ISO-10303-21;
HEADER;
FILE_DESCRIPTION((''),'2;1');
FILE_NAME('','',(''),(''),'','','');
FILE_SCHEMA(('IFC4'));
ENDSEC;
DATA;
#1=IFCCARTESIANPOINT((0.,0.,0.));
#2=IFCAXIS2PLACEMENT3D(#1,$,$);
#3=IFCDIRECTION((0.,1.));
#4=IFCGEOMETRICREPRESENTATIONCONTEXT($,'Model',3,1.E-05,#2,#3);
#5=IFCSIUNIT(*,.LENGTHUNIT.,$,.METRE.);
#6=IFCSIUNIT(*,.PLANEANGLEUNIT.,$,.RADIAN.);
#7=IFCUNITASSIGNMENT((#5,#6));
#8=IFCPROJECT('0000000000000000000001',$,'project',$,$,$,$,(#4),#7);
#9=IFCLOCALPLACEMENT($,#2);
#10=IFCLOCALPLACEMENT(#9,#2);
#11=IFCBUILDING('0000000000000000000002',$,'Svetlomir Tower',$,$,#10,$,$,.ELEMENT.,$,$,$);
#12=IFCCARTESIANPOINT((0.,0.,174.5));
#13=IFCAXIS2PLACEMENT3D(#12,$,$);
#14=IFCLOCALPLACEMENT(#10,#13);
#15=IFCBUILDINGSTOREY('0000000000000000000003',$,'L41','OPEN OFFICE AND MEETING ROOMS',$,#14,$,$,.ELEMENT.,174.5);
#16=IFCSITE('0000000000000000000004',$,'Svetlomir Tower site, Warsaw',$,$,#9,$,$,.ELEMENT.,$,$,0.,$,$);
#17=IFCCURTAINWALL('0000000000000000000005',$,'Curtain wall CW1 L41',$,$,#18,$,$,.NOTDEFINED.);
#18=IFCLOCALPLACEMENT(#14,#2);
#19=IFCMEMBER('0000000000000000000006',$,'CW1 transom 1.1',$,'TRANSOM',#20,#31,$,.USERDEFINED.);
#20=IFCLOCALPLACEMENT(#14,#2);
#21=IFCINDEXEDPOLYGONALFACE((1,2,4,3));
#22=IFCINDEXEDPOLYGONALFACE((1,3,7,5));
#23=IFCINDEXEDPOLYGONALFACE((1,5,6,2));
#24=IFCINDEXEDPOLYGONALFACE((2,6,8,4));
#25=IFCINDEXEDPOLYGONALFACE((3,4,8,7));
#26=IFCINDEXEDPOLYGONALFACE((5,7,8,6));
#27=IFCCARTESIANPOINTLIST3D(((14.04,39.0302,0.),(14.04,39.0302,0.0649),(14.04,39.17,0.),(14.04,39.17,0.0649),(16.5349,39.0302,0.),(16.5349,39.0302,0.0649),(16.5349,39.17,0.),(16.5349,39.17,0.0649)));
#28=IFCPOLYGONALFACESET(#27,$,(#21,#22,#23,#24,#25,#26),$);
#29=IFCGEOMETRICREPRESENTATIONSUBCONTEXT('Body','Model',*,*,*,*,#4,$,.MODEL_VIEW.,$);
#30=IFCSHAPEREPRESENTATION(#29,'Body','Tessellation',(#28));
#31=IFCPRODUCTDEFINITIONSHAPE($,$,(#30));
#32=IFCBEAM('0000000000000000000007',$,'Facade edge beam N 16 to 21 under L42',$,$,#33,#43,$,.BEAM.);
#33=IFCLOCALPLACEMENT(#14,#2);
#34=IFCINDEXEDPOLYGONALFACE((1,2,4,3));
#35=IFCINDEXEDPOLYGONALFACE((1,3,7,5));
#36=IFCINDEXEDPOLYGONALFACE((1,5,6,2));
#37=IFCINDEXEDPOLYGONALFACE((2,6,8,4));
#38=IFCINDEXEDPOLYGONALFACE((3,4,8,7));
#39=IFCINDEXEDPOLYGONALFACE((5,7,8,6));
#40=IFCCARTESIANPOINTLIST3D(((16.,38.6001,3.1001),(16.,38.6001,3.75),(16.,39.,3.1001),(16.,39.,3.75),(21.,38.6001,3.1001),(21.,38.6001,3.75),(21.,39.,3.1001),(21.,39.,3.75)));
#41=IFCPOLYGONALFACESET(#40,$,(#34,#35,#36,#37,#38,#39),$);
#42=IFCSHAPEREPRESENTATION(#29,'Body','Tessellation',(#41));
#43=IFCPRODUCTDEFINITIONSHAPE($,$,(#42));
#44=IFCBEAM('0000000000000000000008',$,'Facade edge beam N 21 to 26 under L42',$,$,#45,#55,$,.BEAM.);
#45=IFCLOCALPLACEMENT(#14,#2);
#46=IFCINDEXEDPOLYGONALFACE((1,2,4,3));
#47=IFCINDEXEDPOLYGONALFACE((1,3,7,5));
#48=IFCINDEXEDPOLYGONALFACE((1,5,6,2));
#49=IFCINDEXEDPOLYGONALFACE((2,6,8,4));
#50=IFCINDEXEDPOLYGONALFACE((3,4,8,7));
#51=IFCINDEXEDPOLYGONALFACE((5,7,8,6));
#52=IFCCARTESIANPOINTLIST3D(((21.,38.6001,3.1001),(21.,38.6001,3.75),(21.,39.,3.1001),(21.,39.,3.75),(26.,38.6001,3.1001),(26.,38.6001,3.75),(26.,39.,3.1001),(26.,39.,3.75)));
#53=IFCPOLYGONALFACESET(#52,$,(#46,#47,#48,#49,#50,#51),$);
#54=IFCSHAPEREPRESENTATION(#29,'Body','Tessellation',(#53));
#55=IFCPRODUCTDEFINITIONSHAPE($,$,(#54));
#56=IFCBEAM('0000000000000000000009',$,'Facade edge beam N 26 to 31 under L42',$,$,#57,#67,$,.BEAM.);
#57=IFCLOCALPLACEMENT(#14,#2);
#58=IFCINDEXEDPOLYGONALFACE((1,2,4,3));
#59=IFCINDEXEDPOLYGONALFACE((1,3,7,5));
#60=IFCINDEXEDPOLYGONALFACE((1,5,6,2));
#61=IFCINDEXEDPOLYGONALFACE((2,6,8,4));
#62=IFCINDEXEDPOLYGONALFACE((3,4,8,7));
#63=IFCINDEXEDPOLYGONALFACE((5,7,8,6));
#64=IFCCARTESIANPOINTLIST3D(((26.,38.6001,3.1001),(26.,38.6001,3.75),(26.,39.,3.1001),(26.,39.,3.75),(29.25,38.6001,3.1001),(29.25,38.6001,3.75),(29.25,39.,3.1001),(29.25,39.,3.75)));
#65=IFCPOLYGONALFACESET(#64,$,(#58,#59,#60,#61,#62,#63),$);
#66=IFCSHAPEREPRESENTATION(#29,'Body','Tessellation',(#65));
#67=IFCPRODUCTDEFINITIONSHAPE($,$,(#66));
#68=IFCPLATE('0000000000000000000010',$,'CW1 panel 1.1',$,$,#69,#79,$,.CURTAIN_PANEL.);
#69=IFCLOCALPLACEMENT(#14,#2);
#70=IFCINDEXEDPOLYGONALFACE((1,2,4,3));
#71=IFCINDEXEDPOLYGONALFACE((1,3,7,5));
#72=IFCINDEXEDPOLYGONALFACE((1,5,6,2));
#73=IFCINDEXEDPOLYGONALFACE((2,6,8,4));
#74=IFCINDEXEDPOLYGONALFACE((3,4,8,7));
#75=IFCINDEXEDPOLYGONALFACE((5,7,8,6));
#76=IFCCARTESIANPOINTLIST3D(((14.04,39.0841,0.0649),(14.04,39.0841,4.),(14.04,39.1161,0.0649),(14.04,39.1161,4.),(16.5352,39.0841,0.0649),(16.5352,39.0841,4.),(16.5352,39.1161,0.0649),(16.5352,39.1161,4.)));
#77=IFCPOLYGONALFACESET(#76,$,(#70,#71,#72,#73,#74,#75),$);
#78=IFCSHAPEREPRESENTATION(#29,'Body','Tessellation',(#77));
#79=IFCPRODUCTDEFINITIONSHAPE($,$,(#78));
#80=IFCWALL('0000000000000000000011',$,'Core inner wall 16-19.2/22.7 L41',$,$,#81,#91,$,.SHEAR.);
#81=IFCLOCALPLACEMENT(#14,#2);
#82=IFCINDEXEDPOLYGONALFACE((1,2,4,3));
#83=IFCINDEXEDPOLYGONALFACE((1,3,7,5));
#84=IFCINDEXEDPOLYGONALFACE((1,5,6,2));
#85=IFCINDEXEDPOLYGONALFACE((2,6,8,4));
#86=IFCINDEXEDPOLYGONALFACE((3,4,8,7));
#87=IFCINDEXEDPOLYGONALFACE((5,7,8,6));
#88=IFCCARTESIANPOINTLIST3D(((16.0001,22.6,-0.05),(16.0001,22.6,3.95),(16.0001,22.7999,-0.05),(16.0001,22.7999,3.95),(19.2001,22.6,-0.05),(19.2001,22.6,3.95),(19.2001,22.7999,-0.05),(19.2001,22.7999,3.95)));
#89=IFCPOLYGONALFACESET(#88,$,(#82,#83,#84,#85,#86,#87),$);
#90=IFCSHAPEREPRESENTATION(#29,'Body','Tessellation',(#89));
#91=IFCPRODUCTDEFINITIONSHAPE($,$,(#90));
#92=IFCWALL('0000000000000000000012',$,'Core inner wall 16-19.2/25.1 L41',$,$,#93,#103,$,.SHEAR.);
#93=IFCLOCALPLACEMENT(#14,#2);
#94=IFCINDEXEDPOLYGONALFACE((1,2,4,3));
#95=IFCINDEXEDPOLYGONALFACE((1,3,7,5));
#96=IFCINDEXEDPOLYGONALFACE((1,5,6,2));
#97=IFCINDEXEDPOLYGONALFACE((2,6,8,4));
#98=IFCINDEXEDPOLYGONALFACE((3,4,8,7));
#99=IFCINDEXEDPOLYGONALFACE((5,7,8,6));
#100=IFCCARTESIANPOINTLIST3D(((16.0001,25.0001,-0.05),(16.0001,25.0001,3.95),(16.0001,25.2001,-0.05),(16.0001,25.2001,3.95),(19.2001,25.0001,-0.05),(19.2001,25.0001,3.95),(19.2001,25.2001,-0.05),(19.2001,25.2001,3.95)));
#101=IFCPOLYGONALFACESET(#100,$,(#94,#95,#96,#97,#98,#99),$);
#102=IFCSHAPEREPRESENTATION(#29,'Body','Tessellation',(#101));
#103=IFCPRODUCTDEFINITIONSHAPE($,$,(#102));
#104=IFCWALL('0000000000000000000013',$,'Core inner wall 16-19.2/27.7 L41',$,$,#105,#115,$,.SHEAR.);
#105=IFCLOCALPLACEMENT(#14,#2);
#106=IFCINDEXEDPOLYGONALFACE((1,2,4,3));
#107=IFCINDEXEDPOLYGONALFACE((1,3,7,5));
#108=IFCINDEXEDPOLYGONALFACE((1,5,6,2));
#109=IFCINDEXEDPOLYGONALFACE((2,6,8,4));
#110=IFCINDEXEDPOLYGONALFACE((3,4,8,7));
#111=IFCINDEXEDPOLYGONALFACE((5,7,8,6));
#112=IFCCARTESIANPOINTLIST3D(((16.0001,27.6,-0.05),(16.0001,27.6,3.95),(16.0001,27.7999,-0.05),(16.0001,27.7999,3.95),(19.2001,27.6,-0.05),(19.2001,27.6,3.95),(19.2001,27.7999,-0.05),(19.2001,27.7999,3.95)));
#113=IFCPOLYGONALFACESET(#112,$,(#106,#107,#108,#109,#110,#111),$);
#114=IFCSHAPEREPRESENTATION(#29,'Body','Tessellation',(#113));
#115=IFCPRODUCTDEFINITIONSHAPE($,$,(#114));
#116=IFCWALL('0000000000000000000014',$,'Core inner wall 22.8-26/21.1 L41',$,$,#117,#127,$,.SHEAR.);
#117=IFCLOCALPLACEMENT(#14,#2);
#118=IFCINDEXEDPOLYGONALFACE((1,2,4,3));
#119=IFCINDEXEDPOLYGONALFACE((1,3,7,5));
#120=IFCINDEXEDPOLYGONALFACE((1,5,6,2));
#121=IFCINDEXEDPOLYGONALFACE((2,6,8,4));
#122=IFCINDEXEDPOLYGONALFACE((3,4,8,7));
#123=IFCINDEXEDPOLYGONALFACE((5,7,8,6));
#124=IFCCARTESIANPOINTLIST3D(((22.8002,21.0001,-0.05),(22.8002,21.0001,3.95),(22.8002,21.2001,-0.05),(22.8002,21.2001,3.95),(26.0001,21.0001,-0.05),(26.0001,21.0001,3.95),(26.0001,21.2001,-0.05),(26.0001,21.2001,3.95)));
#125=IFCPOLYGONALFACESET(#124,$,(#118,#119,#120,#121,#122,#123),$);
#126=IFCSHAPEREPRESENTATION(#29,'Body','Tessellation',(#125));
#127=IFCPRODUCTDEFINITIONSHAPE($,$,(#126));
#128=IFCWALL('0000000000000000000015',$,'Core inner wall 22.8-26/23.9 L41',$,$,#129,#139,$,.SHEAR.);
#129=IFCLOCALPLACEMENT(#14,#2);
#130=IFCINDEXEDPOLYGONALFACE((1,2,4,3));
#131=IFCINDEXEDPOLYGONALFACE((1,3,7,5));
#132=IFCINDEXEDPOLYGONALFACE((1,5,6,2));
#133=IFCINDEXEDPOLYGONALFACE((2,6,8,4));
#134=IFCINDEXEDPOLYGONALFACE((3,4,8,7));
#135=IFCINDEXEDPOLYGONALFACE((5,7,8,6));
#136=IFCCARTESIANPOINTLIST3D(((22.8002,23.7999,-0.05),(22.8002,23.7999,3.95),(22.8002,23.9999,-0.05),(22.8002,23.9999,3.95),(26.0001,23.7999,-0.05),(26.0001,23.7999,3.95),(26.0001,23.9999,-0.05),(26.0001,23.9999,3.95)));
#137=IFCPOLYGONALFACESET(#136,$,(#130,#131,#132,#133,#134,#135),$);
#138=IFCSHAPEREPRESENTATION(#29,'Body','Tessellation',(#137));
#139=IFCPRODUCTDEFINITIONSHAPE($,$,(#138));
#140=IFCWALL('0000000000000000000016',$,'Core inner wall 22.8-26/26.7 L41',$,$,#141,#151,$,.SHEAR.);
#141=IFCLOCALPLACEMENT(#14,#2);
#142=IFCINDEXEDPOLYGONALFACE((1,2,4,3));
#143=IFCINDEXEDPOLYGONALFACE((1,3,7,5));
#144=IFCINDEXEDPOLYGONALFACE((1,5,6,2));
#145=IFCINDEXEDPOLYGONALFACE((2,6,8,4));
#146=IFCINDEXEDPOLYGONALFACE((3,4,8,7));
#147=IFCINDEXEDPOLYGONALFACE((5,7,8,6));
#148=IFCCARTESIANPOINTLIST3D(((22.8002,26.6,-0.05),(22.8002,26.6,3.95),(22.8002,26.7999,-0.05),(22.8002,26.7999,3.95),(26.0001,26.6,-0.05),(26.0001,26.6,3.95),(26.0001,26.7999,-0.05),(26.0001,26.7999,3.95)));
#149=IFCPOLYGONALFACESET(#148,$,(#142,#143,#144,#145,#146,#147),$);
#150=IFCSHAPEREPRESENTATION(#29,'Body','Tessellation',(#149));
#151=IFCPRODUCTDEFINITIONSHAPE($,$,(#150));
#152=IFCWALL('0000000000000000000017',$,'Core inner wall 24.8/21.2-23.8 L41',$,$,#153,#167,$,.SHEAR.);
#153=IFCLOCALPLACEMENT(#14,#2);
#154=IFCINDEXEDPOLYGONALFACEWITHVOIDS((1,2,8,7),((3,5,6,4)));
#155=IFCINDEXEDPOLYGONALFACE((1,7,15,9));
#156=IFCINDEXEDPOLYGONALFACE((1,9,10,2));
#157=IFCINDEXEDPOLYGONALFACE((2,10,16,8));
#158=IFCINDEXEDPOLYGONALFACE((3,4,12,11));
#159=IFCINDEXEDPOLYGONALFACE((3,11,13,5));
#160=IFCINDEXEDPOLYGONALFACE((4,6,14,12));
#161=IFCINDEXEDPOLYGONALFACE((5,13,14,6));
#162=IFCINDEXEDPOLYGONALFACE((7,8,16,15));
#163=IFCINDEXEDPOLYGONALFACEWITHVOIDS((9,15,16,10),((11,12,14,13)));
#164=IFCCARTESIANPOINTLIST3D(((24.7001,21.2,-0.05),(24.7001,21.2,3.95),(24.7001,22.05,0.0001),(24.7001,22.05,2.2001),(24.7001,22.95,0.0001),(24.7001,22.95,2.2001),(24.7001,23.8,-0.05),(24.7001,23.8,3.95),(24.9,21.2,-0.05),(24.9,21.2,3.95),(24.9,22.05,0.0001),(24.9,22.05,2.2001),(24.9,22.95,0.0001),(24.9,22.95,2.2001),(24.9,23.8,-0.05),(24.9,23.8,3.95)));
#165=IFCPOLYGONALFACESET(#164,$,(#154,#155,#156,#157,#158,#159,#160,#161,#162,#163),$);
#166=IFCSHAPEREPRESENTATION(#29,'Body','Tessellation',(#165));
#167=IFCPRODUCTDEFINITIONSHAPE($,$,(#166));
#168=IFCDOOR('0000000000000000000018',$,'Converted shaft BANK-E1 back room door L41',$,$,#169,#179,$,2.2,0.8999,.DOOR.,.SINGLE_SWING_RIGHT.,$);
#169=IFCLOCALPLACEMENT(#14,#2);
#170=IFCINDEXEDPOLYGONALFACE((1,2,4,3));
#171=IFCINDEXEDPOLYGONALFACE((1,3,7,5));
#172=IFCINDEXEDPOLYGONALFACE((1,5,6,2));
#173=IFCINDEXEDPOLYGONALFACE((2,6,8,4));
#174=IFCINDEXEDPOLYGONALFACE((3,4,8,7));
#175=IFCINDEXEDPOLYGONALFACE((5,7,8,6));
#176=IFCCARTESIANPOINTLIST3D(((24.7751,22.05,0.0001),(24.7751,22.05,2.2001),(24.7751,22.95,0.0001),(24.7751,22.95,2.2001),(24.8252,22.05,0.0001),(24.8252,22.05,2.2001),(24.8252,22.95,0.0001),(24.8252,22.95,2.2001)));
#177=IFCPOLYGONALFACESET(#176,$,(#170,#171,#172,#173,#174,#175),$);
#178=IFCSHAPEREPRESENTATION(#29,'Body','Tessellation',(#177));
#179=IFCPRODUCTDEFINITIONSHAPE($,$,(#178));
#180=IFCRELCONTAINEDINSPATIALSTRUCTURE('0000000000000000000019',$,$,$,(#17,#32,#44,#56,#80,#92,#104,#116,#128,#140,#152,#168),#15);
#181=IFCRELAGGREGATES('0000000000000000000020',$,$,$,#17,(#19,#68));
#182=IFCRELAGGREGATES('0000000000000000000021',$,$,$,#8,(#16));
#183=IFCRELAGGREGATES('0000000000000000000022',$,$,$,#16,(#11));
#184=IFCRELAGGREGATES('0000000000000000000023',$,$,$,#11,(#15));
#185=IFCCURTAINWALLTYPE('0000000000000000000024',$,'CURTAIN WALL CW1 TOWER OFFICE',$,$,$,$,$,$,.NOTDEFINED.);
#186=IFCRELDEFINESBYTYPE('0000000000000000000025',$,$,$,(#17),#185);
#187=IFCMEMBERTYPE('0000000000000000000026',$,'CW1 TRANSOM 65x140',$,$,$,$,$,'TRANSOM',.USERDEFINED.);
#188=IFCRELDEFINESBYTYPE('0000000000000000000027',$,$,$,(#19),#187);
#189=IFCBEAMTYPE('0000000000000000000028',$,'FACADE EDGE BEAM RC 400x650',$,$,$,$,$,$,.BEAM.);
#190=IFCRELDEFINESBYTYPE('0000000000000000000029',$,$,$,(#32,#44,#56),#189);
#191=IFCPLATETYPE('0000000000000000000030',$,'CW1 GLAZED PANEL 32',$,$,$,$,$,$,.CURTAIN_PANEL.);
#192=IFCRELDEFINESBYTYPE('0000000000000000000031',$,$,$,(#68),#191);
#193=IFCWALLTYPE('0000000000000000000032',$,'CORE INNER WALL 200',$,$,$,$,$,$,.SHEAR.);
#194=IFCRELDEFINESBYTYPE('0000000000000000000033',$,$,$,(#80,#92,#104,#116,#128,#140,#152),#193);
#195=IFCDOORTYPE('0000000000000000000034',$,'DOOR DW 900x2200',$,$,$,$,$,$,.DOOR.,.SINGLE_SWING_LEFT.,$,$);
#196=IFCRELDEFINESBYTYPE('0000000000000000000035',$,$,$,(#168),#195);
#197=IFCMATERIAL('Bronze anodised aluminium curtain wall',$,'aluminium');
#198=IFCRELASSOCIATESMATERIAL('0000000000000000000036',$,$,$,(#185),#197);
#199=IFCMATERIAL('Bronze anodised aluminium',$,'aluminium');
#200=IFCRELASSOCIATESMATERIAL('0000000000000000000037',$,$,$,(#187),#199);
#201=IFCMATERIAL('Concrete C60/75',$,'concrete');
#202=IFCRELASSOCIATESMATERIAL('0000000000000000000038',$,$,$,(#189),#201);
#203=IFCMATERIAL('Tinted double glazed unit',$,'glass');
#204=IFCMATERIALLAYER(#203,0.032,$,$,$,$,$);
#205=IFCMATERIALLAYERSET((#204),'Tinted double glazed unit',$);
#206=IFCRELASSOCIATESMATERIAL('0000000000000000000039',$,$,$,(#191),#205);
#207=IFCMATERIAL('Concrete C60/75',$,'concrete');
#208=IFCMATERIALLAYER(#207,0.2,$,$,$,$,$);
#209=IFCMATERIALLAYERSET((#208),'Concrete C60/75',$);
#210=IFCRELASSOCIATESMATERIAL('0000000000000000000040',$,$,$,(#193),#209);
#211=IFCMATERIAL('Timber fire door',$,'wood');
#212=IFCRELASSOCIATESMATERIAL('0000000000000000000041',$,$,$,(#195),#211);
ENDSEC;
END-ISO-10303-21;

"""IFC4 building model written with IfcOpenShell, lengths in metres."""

from ifc_helpers import new_model, si_unit, direction, frame, frame_2d, origin, origin_2d, place, context, subcontext, project, spatial, rectangle, extrude, material, layer, layer_set, material_profile, profile_set, type_object, element, fill, aggregate, save


model = new_model("IFC4")

# Units and contexts
model_context = context("Model", 3, precision=1e-05, world=origin(), true_north=direction((0.0, 1.0)))
body_context = subcontext(model_context, "Body", "Model", "MODEL_VIEW")
ifc_project = project(units=[si_unit("LENGTHUNIT", "METRE"), si_unit("PLANEANGLEUNIT", "RADIAN")], contexts=[model_context])

# Site, building, storey
site_placement = place(None, origin())
site = spatial("IfcSite", under=ifc_project, at=site_placement, Name="Svetlomir Tower site, Warsaw", CompositionType="ELEMENT", RefElevation=0.0)
building_placement = place(site_placement, origin())
building = spatial("IfcBuilding", under=site, at=building_placement, Name="Svetlomir Tower", CompositionType="ELEMENT")
storey_placement = place(building_placement, frame((0.0, 0.0, 174.5)))
storey = spatial("IfcBuildingStorey", under=building, at=storey_placement, Name="L41", Description="OPEN OFFICE AND MEETING ROOMS", CompositionType="ELEMENT", Elevation=174.5)

# Curtain wall, member
ifc_material_1 = material(Name="Bronze anodised aluminium curtain wall", Category="aluminium")
curtain_wall_type = type_object("IfcCurtainWallType", Name="CURTAIN WALL CW1 TOWER OFFICE", PredefinedType="NOTDEFINED", material=ifc_material_1)
curtain_wall_placement = place(storey_placement, origin())
curtain_wall = element("IfcCurtainWall", 1, at=curtain_wall_placement, inside=storey, type_object=curtain_wall_type, Name="Curtain wall CW1 L41", PredefinedType="NOTDEFINED")
ifc_material_2 = material(Name="Bronze anodised aluminium", Category="aluminium")
ifc_material_profile_1 = material_profile(ifc_material_2, rectangle(XDim=0.1399, YDim=0.0649, at=origin_2d()), Name="AL 140x65")
ifc_profile_set_1 = profile_set([ifc_material_profile_1], Name="Bronze anodised aluminium 6063-T6")
member_type = type_object("IfcMemberType", Name="CW1 TRANSOM 65x140", ElementType="TRANSOM", PredefinedType="USERDEFINED", material=ifc_profile_set_1)
member_placement = place(storey_placement, frame((16.5349, 39.1001, 0.0325), z_axis=(-1.0, 0.0, 0.0), x_axis=(0.0, -1.0, 0.0)))
member = element("IfcMember", 2, at=member_placement, type_object=member_type, Name="CW1 transom 1.1", ObjectType="TRANSOM", PredefinedType="USERDEFINED", context=body_context, shape_type="SweptSolid", body=[
    extrude(rectangle(XDim=0.1399, YDim=0.0649, at=origin_2d()), origin(), (0.0, 0.0, 1.0), 2.4949),
])

# Beams
ifc_material_3 = material(Name="Concrete C60/75", Category="concrete")
ifc_material_profile_2 = material_profile(ifc_material_3, rectangle(XDim=0.3999, YDim=0.6499, at=origin_2d()), Name="RC 400x650")
ifc_profile_set_2 = profile_set([ifc_material_profile_2], Name="Concrete C60/75")
beam_type = type_object("IfcBeamType", Name="FACADE EDGE BEAM RC 400x650", PredefinedType="BEAM", material=ifc_profile_set_2)
for number, where, z_axis, x_axis, name in (
    (3, (16.0, 38.8, 3.425), (1.0, 0.0, 0.0), (0.0, 1.0, 0.0), "Facade edge beam N 16 to 21 under L42"),
    (4, (21.0, 38.8, 3.425), (1.0, 0.0, 0.0), (0.0, 1.0, 0.0), "Facade edge beam N 21 to 26 under L42"),
):
    element("IfcBeam", number, at=place(storey_placement, frame(where, z_axis=z_axis, x_axis=x_axis)), inside=storey, type_object=beam_type, Name=name, PredefinedType="BEAM", context=body_context, shape_type="SweptSolid", body=[
        extrude(rectangle(XDim=0.3999, YDim=0.6499, at=origin_2d()), origin(), (0.0, 0.0, 1.0), 5.0),
    ])
beam_placement = place(storey_placement, frame((26.0, 38.8, 3.425), z_axis=(1.0, 0.0, 0.0), x_axis=(0.0, 1.0, 0.0)))
element("IfcBeam", 5, at=beam_placement, inside=storey, type_object=beam_type, Name="Facade edge beam N 26 to 31 under L42", PredefinedType="BEAM", context=body_context, shape_type="SweptSolid", body=[
    extrude(rectangle(XDim=0.3999, YDim=0.6499, at=origin_2d()), origin(), (0.0, 0.0, 1.0), 3.25),
])

# Plate
ifc_material_4 = material(Name="Tinted double glazed unit", Category="glass")
ifc_layer_1 = layer(ifc_material_4, 0.032)
ifc_layer_set_1 = layer_set([ifc_layer_1], Name="Tinted double glazed unit")
plate_type = type_object("IfcPlateType", Name="CW1 GLAZED PANEL 32", PredefinedType="CURTAIN_PANEL", material=ifc_layer_set_1)
plate_placement = place(storey_placement, frame((15.2876, 39.1001, 0.0649), z_axis=(0.0, 0.0, 1.0), x_axis=(-1.0, 0.0, 0.0)))
plate = element("IfcPlate", 6, at=plate_placement, type_object=plate_type, Name="CW1 panel 1.1", PredefinedType="CURTAIN_PANEL", context=body_context, shape_type="SweptSolid", body=[
    extrude(rectangle(XDim=2.4951, YDim=0.032, at=origin_2d()), origin(), (0.0, 0.0, 1.0), 3.9351),
])
aggregate(curtain_wall, [member, plate])

# Walls
ifc_material_5 = material(Name="Concrete C60/75", Category="concrete")
ifc_layer_2 = layer(ifc_material_5, 0.2)
ifc_layer_set_2 = layer_set([ifc_layer_2], Name="Concrete C60/75")
wall_type_1 = type_object("IfcWallType", Name="CORE INNER WALL 200", PredefinedType="SHEAR", material=ifc_layer_set_2)
for number, where, z_axis, x_axis, name in (
    (7, (16.0, 22.7, -0.05), (0.0, 0.0, 1.0), (1.0, 0.0, 0.0), "Core inner wall 16-19.2/22.7 L41"),
    (8, (16.0, 25.1001, -0.05), (0.0, 0.0, 1.0), (1.0, 0.0, 0.0), "Core inner wall 16-19.2/25.1 L41"),
    (9, (16.0, 27.7, -0.05), (0.0, 0.0, 1.0), (1.0, 0.0, 0.0), "Core inner wall 16-19.2/27.7 L41"),
    (10, (22.8, 21.1001, -0.05), (0.0, 0.0, 1.0), (1.0, 0.0, 0.0), "Core inner wall 22.8-26/21.1 L41"),
    (11, (22.8, 23.8999, -0.05), (0.0, 0.0, 1.0), (1.0, 0.0, 0.0), "Core inner wall 22.8-26/23.9 L41"),
    (12, (22.8, 26.7, -0.05), (0.0, 0.0, 1.0), (1.0, 0.0, 0.0), "Core inner wall 22.8-26/26.7 L41"),
):
    element("IfcWall", number, at=place(storey_placement, frame(where, z_axis=z_axis, x_axis=x_axis)), inside=storey, type_object=wall_type_1, Name=name, PredefinedType="SHEAR", context=body_context, shape_type="SweptSolid", body=[
        extrude(rectangle(XDim=3.2, YDim=0.2, at=frame_2d((1.6001, 0.0))), origin(), (0.0, 0.0, 1.0), 4.0),
    ])

# Wall, opening, door
wall_1_placement = place(storey_placement, frame((24.8, 21.2, -0.05), z_axis=(0.0, 0.0, 1.0), x_axis=(0.0, 1.0, 0.0)))
wall_1 = element("IfcWall", 13, at=wall_1_placement, inside=storey, type_object=wall_type_1, Name="Core inner wall 24.8/21.2-23.8 L41", PredefinedType="SHEAR", context=body_context, shape_type="SweptSolid", body=[
    extrude(rectangle(XDim=2.6001, YDim=0.2, at=frame_2d((1.3, 0.0))), origin(), (0.0, 0.0, 1.0), 4.0),
])
opening_1_placement = place(wall_1_placement, frame((0.8501, 0.0, 0.05)))
opening_1 = element("IfcOpeningElement", 14, at=opening_1_placement, cuts=wall_1, PredefinedType="OPENING", context=body_context, shape_type="SweptSolid", body=[
    extrude(rectangle(XDim=0.8999, YDim=2.2, at=frame_2d((0.45, 1.1001))), frame((0.0, 0.1099, 0.0), z_axis=(0.0, -1.0, 0.0), x_axis=(1.0, 0.0, 0.0)), (0.0, 0.0, 1.0), 0.22),
])
ifc_material_6 = material(Name="Timber fire door", Category="wood")
door_type_1 = type_object("IfcDoorType", Name="DOOR DW 900x2200", OperationType="SINGLE_SWING_LEFT", PredefinedType="DOOR", material=ifc_material_6)
door_1_placement = place(opening_1_placement, origin())
door_1 = element("IfcDoor", 15, at=door_1_placement, inside=storey, type_object=door_type_1, Name="Converted shaft BANK-E1 back room door L41", OperationType="SINGLE_SWING_RIGHT", OverallHeight=2.2, OverallWidth=0.8999, PredefinedType="DOOR", context=body_context, shape_type="SweptSolid", body=[
    extrude(rectangle(XDim=0.8999, YDim=2.2, at=frame_2d((0.45, 1.1001))), frame((0.0, 0.0249, 0.0), z_axis=(0.0, -1.0, 0.0), x_axis=(1.0, 0.0, 0.0)), (0.0, 0.0, 1.0), 0.05),
])
fill(opening_1, door_1)

save(model, "model.ifc")
